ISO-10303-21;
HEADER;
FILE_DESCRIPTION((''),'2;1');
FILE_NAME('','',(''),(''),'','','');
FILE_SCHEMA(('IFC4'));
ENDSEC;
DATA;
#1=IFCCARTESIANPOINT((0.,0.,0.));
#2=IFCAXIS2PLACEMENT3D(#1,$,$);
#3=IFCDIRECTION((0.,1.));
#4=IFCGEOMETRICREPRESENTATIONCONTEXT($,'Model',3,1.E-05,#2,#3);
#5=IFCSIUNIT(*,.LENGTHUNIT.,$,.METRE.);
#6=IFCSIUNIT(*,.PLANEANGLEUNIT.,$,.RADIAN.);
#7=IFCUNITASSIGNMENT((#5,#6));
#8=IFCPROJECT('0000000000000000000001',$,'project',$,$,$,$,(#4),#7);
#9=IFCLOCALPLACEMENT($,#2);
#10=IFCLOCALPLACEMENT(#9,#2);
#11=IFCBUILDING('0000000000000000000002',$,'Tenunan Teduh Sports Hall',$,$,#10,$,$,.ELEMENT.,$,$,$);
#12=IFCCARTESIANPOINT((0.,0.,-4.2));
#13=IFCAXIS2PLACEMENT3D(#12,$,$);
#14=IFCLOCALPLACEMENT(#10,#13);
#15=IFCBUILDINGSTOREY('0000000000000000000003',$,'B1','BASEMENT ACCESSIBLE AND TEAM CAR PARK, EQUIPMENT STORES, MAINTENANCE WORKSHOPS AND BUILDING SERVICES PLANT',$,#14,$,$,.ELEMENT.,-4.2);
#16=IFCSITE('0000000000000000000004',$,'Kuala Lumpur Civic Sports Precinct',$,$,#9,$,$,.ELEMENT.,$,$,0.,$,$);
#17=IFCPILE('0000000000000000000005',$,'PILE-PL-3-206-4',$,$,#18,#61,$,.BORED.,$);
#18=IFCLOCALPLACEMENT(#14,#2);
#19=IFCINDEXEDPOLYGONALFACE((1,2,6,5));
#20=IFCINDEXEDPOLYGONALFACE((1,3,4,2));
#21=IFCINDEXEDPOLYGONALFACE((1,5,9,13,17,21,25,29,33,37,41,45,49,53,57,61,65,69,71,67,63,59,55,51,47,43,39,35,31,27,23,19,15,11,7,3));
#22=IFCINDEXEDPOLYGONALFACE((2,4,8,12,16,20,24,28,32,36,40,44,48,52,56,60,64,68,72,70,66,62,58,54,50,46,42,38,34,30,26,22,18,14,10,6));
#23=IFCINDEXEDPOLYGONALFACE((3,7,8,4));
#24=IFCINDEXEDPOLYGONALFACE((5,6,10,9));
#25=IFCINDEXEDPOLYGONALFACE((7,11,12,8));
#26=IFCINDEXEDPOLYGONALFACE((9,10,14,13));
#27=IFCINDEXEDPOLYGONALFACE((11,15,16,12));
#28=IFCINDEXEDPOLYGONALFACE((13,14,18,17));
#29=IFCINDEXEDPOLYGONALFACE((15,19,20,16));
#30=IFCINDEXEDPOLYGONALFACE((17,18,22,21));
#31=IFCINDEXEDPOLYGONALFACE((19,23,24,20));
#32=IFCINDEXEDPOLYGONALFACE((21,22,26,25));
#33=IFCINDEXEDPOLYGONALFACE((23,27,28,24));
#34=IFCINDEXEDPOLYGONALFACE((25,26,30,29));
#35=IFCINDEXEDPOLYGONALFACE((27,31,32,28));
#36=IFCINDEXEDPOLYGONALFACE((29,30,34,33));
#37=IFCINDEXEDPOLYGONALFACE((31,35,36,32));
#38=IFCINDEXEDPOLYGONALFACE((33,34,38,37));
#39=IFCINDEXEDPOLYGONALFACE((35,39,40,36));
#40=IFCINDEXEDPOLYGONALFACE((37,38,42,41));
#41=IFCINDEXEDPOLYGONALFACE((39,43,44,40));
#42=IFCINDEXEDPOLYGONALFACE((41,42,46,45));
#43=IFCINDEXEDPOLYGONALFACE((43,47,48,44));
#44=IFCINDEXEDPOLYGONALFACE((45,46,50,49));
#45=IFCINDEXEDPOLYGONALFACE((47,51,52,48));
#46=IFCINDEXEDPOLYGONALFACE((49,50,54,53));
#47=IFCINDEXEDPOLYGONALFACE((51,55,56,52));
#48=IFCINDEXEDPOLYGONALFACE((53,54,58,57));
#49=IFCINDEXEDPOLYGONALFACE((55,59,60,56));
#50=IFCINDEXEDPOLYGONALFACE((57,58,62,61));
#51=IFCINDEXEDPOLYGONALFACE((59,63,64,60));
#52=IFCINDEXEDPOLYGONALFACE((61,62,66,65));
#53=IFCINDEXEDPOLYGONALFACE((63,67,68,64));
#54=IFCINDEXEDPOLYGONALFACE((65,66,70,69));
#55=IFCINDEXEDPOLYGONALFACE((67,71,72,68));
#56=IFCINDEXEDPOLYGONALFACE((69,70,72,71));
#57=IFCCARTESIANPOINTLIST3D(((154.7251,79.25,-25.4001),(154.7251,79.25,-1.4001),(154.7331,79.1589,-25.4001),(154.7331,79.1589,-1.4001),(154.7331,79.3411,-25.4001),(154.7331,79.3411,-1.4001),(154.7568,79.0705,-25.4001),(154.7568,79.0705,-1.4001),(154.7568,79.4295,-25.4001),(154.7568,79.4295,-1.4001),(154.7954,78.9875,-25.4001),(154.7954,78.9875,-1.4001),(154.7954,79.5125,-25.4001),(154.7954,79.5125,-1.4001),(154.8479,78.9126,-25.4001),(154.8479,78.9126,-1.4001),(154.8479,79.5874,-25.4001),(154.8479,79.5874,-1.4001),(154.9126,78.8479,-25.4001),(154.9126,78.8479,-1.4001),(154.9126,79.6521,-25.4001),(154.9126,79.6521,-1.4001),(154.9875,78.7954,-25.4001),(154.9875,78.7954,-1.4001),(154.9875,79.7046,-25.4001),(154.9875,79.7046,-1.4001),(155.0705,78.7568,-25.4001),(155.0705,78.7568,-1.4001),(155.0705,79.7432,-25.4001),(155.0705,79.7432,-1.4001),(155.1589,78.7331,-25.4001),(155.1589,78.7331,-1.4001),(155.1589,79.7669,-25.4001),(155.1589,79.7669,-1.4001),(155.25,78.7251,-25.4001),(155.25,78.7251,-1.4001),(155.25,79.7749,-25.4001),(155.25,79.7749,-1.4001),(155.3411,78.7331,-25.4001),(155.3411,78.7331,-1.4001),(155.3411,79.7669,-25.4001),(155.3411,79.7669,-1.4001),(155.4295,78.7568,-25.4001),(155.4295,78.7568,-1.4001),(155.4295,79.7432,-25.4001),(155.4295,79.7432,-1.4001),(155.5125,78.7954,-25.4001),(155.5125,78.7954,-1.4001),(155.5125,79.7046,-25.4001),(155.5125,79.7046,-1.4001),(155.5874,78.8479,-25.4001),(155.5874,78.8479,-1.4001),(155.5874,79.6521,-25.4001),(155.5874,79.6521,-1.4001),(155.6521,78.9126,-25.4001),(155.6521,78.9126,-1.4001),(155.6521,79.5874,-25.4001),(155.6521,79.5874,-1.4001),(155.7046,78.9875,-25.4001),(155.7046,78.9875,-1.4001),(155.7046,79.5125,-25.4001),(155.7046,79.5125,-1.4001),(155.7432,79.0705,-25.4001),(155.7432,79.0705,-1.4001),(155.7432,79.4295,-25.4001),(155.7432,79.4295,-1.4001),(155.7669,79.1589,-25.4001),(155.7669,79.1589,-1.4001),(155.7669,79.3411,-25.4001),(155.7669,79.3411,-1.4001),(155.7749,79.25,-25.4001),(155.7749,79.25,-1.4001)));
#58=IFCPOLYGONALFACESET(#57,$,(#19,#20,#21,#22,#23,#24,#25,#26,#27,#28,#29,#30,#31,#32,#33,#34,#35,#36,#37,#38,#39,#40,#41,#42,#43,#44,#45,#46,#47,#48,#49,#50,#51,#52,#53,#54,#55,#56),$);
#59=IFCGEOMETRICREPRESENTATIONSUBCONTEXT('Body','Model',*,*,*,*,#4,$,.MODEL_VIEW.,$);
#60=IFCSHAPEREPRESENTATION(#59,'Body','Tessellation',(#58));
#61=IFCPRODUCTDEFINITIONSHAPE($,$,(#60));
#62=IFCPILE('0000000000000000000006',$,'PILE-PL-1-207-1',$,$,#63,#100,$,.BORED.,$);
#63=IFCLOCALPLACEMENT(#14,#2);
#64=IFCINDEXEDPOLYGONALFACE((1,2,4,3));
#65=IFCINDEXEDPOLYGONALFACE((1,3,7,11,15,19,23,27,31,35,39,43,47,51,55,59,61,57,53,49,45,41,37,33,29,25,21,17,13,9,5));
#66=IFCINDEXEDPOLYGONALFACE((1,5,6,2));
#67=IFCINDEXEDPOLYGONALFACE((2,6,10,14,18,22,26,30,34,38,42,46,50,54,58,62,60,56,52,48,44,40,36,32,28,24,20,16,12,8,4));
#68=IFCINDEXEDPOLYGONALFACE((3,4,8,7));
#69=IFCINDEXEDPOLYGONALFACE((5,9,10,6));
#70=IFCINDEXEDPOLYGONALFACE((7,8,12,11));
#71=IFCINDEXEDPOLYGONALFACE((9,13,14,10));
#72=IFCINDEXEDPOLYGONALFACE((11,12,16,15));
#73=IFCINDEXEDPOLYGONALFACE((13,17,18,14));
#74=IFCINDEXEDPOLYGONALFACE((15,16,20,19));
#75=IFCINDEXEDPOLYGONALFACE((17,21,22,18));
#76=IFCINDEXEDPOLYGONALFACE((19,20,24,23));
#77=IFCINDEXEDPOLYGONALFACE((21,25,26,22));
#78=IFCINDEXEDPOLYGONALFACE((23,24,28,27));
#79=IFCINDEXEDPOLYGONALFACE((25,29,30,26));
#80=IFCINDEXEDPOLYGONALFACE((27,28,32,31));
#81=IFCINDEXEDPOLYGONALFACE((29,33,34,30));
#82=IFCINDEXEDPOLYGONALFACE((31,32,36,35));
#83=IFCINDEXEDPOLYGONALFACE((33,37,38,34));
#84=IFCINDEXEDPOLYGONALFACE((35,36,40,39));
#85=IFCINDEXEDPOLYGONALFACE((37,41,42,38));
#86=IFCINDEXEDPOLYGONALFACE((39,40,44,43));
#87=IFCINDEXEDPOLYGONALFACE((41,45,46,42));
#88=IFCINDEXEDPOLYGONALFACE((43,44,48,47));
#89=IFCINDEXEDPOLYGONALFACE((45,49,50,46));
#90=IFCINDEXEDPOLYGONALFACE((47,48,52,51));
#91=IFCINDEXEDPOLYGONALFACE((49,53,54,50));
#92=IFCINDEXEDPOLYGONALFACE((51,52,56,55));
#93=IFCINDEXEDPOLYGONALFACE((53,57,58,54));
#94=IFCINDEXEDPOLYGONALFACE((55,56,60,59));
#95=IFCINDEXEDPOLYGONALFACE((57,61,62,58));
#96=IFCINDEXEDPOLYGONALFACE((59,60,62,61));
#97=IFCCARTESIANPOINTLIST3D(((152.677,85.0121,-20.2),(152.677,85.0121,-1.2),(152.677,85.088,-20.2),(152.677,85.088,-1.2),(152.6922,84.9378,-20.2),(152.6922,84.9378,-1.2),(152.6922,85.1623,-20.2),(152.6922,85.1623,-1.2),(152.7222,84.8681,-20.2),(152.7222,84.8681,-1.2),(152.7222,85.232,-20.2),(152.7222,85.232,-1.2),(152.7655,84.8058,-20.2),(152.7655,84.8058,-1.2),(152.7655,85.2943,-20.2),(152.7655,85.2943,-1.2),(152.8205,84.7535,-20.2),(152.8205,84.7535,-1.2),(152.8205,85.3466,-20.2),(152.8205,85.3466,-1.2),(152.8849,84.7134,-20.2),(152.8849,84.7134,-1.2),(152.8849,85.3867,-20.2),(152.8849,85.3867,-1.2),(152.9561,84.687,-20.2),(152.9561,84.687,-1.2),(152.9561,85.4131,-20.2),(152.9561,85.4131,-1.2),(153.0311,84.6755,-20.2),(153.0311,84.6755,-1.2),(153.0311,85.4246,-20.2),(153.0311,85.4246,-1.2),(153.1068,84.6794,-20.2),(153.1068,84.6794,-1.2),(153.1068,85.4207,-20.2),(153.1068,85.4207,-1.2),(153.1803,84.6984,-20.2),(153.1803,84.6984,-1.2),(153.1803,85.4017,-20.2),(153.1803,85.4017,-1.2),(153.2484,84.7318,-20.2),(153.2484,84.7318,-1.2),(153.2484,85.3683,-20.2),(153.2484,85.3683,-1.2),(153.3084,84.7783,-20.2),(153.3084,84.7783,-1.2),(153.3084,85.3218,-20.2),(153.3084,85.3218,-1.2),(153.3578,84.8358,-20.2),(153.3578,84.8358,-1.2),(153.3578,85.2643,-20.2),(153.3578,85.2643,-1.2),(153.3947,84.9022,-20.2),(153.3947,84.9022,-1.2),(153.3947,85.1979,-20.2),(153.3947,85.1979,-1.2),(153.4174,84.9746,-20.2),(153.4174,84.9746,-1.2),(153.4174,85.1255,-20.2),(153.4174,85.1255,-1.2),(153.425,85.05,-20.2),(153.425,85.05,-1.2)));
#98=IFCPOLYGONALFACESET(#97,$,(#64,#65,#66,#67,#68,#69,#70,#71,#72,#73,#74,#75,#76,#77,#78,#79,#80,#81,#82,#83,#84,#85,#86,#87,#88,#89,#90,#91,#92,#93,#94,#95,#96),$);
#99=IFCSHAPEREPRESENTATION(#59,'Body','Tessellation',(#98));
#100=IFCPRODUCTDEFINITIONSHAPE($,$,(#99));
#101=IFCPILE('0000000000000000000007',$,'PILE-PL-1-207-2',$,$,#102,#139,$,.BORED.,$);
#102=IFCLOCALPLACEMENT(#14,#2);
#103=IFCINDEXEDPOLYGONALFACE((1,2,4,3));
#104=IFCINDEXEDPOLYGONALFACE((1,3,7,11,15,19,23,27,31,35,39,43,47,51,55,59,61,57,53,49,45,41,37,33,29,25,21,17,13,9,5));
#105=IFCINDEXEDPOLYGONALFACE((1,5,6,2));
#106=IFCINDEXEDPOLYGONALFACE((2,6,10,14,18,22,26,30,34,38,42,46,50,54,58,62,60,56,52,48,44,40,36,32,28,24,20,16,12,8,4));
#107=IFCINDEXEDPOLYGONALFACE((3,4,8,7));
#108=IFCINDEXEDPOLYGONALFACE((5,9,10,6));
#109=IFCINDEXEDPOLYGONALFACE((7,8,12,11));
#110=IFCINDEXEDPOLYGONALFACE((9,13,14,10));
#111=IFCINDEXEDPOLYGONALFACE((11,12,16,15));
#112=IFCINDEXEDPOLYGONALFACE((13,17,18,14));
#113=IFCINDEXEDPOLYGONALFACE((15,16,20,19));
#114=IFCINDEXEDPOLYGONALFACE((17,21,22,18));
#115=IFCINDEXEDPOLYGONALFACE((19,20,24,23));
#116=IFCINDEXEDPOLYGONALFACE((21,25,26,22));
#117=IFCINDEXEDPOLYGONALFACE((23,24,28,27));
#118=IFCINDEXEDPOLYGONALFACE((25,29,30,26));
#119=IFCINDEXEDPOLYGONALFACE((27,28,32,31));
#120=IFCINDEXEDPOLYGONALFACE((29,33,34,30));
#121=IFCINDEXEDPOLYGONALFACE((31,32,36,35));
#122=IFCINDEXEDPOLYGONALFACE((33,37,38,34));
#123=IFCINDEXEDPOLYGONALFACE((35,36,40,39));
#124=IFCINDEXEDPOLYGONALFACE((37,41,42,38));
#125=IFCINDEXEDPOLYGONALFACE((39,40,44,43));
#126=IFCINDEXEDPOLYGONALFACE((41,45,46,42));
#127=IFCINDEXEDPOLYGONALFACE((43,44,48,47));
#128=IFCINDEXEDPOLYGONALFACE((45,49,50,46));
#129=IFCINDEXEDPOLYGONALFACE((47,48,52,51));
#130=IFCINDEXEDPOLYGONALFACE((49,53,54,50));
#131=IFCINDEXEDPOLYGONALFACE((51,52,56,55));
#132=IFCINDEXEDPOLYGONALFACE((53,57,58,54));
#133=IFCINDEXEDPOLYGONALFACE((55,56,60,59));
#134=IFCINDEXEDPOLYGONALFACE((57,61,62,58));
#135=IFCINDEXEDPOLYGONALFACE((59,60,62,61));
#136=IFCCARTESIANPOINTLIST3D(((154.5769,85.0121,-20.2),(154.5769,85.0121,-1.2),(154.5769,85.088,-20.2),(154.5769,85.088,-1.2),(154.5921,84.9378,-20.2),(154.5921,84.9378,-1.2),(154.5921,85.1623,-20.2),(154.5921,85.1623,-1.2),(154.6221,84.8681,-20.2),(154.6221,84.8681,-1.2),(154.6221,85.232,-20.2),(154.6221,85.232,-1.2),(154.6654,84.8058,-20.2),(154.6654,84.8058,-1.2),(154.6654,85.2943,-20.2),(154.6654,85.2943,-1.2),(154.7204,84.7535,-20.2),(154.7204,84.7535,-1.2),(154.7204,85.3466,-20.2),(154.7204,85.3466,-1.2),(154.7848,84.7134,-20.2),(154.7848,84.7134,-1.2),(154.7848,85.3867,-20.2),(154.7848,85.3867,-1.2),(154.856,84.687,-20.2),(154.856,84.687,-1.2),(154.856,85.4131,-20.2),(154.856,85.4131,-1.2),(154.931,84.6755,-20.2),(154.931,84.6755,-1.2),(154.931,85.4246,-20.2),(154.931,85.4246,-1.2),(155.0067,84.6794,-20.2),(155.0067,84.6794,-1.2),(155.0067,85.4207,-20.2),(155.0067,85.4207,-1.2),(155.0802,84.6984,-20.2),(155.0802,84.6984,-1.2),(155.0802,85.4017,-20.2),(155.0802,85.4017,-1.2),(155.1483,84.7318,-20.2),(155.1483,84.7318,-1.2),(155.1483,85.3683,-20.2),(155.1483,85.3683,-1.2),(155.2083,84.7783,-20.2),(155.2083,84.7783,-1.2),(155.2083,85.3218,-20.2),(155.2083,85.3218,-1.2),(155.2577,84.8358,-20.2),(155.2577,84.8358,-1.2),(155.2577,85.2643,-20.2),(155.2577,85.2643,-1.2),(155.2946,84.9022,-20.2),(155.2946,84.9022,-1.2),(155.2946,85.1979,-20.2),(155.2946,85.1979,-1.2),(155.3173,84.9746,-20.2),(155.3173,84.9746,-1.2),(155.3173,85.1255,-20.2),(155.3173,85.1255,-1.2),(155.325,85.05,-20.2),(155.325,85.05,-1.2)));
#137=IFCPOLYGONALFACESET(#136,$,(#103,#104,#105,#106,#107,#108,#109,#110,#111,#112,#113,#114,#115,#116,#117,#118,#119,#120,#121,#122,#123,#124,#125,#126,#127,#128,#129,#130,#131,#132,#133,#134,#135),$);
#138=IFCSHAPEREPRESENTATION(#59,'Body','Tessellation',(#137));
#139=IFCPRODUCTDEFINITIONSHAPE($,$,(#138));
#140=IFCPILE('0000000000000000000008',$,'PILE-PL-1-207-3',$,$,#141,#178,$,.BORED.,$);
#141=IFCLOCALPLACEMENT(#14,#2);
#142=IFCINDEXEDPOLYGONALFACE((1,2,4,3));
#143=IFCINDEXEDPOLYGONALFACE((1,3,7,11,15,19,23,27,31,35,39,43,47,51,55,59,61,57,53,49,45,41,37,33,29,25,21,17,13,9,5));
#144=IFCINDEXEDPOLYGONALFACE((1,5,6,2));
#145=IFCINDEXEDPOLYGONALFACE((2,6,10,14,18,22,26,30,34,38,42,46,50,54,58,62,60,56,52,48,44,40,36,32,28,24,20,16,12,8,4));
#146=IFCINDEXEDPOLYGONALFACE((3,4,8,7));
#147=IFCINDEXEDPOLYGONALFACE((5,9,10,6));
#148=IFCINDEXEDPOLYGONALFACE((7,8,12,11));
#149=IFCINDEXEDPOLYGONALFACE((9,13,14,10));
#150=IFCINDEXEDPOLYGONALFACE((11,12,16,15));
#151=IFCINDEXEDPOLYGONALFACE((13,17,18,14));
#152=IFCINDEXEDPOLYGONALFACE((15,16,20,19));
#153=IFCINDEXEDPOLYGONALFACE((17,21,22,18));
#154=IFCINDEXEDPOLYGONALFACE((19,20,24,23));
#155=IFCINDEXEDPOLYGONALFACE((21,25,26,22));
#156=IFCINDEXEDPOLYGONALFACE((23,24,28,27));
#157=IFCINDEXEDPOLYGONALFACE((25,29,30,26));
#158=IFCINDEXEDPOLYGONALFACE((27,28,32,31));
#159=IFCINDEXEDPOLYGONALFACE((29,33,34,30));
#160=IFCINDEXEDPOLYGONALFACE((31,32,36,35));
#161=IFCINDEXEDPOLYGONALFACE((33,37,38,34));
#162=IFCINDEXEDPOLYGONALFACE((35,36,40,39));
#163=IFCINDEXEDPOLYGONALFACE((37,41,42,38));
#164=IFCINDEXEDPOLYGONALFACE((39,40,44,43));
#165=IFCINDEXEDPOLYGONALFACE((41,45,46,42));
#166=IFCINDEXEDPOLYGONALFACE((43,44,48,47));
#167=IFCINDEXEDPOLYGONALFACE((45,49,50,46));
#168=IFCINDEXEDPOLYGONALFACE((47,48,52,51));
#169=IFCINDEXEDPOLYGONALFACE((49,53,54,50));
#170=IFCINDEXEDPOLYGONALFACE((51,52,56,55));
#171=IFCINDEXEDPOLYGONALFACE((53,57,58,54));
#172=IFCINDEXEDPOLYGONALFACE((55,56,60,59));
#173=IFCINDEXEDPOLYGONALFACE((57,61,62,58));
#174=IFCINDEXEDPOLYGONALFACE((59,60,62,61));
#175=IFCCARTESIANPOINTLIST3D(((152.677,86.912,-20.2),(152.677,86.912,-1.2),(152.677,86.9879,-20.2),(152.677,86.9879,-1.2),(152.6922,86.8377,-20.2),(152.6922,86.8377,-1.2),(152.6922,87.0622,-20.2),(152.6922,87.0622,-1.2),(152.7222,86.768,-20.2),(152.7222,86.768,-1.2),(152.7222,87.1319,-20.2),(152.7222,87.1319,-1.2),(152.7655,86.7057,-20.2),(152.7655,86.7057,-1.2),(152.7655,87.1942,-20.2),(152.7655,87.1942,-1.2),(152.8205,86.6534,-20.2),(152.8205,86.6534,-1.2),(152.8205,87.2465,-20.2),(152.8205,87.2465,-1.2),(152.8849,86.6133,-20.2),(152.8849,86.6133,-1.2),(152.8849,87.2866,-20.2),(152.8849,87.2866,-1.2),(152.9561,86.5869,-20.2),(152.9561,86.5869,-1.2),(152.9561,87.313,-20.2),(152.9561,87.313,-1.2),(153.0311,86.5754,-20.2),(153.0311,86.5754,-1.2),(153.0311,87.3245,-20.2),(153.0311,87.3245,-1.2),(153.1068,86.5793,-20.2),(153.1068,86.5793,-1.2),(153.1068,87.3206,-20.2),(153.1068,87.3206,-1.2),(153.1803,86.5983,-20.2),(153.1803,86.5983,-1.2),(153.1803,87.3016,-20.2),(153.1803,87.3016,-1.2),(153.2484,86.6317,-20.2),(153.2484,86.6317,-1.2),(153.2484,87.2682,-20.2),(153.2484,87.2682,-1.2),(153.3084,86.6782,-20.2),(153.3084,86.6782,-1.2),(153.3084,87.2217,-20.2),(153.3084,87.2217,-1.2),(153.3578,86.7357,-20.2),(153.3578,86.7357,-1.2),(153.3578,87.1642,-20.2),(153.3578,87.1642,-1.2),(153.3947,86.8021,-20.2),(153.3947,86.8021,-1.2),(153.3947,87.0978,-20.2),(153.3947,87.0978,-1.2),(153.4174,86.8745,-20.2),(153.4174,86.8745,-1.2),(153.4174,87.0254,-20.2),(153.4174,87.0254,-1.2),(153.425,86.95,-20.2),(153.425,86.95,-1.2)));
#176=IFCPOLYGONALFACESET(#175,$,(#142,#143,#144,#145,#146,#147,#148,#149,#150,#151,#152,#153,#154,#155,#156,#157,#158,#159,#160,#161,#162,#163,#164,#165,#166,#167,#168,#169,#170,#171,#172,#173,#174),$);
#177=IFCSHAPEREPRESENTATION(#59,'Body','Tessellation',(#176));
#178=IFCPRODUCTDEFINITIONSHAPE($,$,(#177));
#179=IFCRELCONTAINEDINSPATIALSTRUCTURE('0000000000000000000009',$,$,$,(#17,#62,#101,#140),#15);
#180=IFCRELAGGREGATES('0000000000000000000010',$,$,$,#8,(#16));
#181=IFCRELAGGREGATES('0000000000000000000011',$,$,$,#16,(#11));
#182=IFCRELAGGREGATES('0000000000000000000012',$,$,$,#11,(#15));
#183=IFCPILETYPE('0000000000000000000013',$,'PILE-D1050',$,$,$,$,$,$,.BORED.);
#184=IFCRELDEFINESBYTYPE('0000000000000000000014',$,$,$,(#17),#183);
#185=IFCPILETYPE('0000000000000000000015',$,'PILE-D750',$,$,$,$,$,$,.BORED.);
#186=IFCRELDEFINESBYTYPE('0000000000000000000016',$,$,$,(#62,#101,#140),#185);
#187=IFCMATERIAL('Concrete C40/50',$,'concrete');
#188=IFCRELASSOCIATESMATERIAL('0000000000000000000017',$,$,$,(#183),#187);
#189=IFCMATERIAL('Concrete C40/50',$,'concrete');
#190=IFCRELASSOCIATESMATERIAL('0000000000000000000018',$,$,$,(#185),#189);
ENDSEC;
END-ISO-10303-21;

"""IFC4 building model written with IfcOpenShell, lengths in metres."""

from ifc_helpers import new_model, si_unit, direction, frame, origin, origin_2d, place, context, subcontext, project, spatial, circle, extrude, material, material_profile, profile_set, type_object, element, save


model = new_model("IFC4")

# Units and contexts
model_context = context("Model", 3, precision=1e-05, world=origin(), true_north=direction((0.0, 1.0)))
body_context = subcontext(model_context, "Body", "Model", "MODEL_VIEW")
ifc_project = project(units=[si_unit("LENGTHUNIT", "METRE"), si_unit("PLANEANGLEUNIT", "RADIAN")], contexts=[model_context])

# Site, building, storey
site_placement = place(None, origin())
site = spatial("IfcSite", under=ifc_project, at=site_placement, Name="Kuala Lumpur Civic Sports Precinct", CompositionType="ELEMENT", RefElevation=0.0)
building_placement = place(site_placement, origin())
building = spatial("IfcBuilding", under=site, at=building_placement, Name="Tenunan Teduh Sports Hall", CompositionType="ELEMENT")
storey_placement = place(building_placement, frame((0.0, 0.0, -4.2)))
storey = spatial("IfcBuildingStorey", under=building, at=storey_placement, Name="B1", Description="BASEMENT ACCESSIBLE AND TEAM CAR PARK, EQUIPMENT STORES, MAINTENANCE WORKSHOPS AND BUILDING SERVICES PLANT", CompositionType="ELEMENT", Elevation=-4.2)

# Piles
ifc_material_1 = material(Name="Concrete C40/50", Category="concrete")
ifc_material_profile_1 = material_profile(ifc_material_1, circle(Radius=0.5249, at=origin_2d()), Name="PILE D1050")
ifc_profile_set_1 = profile_set([ifc_material_profile_1], Name="Concrete C40/50")
pile_type_1 = type_object("IfcPileType", Name="PILE-D1050", PredefinedType="BORED", material=ifc_profile_set_1)
for number, where, z_axis, x_axis, name in (
    (1, (155.25, 79.25, -1.4001), (0.0, 0.0, -1.0), (1.0, 0.0, 0.0), "PILE-PL-3-206-4"),
):
    element("IfcPile", number, at=place(storey_placement, frame(where, z_axis=z_axis, x_axis=x_axis)), inside=storey, type_object=pile_type_1, Name=name, PredefinedType="BORED", context=body_context, shape_type="SweptSolid", body=[
        extrude(circle(Radius=0.5249, at=origin_2d()), origin(), (0.0, 0.0, 1.0), 24.0),
    ])
ifc_material_2 = material(Name="Concrete C40/50", Category="concrete")
ifc_material_profile_2 = material_profile(ifc_material_2, circle(Radius=0.375, at=origin_2d()), Name="PILE D750")
ifc_profile_set_2 = profile_set([ifc_material_profile_2], Name="Concrete C40/50")
pile_type_2 = type_object("IfcPileType", Name="PILE-D750", PredefinedType="BORED", material=ifc_profile_set_2)
for number, where, z_axis, x_axis, name in (
    (2, (153.05, 85.05, -1.2), (0.0, 0.0, -1.0), (1.0, 0.0, 0.0), "PILE-PL-1-207-1"),
    (3, (154.95, 85.05, -1.2), (0.0, 0.0, -1.0), (1.0, 0.0, 0.0), "PILE-PL-1-207-2"),
    (4, (153.05, 86.95, -1.2), (0.0, 0.0, -1.0), (1.0, 0.0, 0.0), "PILE-PL-1-207-3"),
):
    element("IfcPile", number, at=place(storey_placement, frame(where, z_axis=z_axis, x_axis=x_axis)), inside=storey, type_object=pile_type_2, Name=name, PredefinedType="BORED", context=body_context, shape_type="SweptSolid", body=[
        extrude(circle(Radius=0.375, at=origin_2d()), origin(), (0.0, 0.0, 1.0), 19.0),
    ])

save(model, "model.ifc")
